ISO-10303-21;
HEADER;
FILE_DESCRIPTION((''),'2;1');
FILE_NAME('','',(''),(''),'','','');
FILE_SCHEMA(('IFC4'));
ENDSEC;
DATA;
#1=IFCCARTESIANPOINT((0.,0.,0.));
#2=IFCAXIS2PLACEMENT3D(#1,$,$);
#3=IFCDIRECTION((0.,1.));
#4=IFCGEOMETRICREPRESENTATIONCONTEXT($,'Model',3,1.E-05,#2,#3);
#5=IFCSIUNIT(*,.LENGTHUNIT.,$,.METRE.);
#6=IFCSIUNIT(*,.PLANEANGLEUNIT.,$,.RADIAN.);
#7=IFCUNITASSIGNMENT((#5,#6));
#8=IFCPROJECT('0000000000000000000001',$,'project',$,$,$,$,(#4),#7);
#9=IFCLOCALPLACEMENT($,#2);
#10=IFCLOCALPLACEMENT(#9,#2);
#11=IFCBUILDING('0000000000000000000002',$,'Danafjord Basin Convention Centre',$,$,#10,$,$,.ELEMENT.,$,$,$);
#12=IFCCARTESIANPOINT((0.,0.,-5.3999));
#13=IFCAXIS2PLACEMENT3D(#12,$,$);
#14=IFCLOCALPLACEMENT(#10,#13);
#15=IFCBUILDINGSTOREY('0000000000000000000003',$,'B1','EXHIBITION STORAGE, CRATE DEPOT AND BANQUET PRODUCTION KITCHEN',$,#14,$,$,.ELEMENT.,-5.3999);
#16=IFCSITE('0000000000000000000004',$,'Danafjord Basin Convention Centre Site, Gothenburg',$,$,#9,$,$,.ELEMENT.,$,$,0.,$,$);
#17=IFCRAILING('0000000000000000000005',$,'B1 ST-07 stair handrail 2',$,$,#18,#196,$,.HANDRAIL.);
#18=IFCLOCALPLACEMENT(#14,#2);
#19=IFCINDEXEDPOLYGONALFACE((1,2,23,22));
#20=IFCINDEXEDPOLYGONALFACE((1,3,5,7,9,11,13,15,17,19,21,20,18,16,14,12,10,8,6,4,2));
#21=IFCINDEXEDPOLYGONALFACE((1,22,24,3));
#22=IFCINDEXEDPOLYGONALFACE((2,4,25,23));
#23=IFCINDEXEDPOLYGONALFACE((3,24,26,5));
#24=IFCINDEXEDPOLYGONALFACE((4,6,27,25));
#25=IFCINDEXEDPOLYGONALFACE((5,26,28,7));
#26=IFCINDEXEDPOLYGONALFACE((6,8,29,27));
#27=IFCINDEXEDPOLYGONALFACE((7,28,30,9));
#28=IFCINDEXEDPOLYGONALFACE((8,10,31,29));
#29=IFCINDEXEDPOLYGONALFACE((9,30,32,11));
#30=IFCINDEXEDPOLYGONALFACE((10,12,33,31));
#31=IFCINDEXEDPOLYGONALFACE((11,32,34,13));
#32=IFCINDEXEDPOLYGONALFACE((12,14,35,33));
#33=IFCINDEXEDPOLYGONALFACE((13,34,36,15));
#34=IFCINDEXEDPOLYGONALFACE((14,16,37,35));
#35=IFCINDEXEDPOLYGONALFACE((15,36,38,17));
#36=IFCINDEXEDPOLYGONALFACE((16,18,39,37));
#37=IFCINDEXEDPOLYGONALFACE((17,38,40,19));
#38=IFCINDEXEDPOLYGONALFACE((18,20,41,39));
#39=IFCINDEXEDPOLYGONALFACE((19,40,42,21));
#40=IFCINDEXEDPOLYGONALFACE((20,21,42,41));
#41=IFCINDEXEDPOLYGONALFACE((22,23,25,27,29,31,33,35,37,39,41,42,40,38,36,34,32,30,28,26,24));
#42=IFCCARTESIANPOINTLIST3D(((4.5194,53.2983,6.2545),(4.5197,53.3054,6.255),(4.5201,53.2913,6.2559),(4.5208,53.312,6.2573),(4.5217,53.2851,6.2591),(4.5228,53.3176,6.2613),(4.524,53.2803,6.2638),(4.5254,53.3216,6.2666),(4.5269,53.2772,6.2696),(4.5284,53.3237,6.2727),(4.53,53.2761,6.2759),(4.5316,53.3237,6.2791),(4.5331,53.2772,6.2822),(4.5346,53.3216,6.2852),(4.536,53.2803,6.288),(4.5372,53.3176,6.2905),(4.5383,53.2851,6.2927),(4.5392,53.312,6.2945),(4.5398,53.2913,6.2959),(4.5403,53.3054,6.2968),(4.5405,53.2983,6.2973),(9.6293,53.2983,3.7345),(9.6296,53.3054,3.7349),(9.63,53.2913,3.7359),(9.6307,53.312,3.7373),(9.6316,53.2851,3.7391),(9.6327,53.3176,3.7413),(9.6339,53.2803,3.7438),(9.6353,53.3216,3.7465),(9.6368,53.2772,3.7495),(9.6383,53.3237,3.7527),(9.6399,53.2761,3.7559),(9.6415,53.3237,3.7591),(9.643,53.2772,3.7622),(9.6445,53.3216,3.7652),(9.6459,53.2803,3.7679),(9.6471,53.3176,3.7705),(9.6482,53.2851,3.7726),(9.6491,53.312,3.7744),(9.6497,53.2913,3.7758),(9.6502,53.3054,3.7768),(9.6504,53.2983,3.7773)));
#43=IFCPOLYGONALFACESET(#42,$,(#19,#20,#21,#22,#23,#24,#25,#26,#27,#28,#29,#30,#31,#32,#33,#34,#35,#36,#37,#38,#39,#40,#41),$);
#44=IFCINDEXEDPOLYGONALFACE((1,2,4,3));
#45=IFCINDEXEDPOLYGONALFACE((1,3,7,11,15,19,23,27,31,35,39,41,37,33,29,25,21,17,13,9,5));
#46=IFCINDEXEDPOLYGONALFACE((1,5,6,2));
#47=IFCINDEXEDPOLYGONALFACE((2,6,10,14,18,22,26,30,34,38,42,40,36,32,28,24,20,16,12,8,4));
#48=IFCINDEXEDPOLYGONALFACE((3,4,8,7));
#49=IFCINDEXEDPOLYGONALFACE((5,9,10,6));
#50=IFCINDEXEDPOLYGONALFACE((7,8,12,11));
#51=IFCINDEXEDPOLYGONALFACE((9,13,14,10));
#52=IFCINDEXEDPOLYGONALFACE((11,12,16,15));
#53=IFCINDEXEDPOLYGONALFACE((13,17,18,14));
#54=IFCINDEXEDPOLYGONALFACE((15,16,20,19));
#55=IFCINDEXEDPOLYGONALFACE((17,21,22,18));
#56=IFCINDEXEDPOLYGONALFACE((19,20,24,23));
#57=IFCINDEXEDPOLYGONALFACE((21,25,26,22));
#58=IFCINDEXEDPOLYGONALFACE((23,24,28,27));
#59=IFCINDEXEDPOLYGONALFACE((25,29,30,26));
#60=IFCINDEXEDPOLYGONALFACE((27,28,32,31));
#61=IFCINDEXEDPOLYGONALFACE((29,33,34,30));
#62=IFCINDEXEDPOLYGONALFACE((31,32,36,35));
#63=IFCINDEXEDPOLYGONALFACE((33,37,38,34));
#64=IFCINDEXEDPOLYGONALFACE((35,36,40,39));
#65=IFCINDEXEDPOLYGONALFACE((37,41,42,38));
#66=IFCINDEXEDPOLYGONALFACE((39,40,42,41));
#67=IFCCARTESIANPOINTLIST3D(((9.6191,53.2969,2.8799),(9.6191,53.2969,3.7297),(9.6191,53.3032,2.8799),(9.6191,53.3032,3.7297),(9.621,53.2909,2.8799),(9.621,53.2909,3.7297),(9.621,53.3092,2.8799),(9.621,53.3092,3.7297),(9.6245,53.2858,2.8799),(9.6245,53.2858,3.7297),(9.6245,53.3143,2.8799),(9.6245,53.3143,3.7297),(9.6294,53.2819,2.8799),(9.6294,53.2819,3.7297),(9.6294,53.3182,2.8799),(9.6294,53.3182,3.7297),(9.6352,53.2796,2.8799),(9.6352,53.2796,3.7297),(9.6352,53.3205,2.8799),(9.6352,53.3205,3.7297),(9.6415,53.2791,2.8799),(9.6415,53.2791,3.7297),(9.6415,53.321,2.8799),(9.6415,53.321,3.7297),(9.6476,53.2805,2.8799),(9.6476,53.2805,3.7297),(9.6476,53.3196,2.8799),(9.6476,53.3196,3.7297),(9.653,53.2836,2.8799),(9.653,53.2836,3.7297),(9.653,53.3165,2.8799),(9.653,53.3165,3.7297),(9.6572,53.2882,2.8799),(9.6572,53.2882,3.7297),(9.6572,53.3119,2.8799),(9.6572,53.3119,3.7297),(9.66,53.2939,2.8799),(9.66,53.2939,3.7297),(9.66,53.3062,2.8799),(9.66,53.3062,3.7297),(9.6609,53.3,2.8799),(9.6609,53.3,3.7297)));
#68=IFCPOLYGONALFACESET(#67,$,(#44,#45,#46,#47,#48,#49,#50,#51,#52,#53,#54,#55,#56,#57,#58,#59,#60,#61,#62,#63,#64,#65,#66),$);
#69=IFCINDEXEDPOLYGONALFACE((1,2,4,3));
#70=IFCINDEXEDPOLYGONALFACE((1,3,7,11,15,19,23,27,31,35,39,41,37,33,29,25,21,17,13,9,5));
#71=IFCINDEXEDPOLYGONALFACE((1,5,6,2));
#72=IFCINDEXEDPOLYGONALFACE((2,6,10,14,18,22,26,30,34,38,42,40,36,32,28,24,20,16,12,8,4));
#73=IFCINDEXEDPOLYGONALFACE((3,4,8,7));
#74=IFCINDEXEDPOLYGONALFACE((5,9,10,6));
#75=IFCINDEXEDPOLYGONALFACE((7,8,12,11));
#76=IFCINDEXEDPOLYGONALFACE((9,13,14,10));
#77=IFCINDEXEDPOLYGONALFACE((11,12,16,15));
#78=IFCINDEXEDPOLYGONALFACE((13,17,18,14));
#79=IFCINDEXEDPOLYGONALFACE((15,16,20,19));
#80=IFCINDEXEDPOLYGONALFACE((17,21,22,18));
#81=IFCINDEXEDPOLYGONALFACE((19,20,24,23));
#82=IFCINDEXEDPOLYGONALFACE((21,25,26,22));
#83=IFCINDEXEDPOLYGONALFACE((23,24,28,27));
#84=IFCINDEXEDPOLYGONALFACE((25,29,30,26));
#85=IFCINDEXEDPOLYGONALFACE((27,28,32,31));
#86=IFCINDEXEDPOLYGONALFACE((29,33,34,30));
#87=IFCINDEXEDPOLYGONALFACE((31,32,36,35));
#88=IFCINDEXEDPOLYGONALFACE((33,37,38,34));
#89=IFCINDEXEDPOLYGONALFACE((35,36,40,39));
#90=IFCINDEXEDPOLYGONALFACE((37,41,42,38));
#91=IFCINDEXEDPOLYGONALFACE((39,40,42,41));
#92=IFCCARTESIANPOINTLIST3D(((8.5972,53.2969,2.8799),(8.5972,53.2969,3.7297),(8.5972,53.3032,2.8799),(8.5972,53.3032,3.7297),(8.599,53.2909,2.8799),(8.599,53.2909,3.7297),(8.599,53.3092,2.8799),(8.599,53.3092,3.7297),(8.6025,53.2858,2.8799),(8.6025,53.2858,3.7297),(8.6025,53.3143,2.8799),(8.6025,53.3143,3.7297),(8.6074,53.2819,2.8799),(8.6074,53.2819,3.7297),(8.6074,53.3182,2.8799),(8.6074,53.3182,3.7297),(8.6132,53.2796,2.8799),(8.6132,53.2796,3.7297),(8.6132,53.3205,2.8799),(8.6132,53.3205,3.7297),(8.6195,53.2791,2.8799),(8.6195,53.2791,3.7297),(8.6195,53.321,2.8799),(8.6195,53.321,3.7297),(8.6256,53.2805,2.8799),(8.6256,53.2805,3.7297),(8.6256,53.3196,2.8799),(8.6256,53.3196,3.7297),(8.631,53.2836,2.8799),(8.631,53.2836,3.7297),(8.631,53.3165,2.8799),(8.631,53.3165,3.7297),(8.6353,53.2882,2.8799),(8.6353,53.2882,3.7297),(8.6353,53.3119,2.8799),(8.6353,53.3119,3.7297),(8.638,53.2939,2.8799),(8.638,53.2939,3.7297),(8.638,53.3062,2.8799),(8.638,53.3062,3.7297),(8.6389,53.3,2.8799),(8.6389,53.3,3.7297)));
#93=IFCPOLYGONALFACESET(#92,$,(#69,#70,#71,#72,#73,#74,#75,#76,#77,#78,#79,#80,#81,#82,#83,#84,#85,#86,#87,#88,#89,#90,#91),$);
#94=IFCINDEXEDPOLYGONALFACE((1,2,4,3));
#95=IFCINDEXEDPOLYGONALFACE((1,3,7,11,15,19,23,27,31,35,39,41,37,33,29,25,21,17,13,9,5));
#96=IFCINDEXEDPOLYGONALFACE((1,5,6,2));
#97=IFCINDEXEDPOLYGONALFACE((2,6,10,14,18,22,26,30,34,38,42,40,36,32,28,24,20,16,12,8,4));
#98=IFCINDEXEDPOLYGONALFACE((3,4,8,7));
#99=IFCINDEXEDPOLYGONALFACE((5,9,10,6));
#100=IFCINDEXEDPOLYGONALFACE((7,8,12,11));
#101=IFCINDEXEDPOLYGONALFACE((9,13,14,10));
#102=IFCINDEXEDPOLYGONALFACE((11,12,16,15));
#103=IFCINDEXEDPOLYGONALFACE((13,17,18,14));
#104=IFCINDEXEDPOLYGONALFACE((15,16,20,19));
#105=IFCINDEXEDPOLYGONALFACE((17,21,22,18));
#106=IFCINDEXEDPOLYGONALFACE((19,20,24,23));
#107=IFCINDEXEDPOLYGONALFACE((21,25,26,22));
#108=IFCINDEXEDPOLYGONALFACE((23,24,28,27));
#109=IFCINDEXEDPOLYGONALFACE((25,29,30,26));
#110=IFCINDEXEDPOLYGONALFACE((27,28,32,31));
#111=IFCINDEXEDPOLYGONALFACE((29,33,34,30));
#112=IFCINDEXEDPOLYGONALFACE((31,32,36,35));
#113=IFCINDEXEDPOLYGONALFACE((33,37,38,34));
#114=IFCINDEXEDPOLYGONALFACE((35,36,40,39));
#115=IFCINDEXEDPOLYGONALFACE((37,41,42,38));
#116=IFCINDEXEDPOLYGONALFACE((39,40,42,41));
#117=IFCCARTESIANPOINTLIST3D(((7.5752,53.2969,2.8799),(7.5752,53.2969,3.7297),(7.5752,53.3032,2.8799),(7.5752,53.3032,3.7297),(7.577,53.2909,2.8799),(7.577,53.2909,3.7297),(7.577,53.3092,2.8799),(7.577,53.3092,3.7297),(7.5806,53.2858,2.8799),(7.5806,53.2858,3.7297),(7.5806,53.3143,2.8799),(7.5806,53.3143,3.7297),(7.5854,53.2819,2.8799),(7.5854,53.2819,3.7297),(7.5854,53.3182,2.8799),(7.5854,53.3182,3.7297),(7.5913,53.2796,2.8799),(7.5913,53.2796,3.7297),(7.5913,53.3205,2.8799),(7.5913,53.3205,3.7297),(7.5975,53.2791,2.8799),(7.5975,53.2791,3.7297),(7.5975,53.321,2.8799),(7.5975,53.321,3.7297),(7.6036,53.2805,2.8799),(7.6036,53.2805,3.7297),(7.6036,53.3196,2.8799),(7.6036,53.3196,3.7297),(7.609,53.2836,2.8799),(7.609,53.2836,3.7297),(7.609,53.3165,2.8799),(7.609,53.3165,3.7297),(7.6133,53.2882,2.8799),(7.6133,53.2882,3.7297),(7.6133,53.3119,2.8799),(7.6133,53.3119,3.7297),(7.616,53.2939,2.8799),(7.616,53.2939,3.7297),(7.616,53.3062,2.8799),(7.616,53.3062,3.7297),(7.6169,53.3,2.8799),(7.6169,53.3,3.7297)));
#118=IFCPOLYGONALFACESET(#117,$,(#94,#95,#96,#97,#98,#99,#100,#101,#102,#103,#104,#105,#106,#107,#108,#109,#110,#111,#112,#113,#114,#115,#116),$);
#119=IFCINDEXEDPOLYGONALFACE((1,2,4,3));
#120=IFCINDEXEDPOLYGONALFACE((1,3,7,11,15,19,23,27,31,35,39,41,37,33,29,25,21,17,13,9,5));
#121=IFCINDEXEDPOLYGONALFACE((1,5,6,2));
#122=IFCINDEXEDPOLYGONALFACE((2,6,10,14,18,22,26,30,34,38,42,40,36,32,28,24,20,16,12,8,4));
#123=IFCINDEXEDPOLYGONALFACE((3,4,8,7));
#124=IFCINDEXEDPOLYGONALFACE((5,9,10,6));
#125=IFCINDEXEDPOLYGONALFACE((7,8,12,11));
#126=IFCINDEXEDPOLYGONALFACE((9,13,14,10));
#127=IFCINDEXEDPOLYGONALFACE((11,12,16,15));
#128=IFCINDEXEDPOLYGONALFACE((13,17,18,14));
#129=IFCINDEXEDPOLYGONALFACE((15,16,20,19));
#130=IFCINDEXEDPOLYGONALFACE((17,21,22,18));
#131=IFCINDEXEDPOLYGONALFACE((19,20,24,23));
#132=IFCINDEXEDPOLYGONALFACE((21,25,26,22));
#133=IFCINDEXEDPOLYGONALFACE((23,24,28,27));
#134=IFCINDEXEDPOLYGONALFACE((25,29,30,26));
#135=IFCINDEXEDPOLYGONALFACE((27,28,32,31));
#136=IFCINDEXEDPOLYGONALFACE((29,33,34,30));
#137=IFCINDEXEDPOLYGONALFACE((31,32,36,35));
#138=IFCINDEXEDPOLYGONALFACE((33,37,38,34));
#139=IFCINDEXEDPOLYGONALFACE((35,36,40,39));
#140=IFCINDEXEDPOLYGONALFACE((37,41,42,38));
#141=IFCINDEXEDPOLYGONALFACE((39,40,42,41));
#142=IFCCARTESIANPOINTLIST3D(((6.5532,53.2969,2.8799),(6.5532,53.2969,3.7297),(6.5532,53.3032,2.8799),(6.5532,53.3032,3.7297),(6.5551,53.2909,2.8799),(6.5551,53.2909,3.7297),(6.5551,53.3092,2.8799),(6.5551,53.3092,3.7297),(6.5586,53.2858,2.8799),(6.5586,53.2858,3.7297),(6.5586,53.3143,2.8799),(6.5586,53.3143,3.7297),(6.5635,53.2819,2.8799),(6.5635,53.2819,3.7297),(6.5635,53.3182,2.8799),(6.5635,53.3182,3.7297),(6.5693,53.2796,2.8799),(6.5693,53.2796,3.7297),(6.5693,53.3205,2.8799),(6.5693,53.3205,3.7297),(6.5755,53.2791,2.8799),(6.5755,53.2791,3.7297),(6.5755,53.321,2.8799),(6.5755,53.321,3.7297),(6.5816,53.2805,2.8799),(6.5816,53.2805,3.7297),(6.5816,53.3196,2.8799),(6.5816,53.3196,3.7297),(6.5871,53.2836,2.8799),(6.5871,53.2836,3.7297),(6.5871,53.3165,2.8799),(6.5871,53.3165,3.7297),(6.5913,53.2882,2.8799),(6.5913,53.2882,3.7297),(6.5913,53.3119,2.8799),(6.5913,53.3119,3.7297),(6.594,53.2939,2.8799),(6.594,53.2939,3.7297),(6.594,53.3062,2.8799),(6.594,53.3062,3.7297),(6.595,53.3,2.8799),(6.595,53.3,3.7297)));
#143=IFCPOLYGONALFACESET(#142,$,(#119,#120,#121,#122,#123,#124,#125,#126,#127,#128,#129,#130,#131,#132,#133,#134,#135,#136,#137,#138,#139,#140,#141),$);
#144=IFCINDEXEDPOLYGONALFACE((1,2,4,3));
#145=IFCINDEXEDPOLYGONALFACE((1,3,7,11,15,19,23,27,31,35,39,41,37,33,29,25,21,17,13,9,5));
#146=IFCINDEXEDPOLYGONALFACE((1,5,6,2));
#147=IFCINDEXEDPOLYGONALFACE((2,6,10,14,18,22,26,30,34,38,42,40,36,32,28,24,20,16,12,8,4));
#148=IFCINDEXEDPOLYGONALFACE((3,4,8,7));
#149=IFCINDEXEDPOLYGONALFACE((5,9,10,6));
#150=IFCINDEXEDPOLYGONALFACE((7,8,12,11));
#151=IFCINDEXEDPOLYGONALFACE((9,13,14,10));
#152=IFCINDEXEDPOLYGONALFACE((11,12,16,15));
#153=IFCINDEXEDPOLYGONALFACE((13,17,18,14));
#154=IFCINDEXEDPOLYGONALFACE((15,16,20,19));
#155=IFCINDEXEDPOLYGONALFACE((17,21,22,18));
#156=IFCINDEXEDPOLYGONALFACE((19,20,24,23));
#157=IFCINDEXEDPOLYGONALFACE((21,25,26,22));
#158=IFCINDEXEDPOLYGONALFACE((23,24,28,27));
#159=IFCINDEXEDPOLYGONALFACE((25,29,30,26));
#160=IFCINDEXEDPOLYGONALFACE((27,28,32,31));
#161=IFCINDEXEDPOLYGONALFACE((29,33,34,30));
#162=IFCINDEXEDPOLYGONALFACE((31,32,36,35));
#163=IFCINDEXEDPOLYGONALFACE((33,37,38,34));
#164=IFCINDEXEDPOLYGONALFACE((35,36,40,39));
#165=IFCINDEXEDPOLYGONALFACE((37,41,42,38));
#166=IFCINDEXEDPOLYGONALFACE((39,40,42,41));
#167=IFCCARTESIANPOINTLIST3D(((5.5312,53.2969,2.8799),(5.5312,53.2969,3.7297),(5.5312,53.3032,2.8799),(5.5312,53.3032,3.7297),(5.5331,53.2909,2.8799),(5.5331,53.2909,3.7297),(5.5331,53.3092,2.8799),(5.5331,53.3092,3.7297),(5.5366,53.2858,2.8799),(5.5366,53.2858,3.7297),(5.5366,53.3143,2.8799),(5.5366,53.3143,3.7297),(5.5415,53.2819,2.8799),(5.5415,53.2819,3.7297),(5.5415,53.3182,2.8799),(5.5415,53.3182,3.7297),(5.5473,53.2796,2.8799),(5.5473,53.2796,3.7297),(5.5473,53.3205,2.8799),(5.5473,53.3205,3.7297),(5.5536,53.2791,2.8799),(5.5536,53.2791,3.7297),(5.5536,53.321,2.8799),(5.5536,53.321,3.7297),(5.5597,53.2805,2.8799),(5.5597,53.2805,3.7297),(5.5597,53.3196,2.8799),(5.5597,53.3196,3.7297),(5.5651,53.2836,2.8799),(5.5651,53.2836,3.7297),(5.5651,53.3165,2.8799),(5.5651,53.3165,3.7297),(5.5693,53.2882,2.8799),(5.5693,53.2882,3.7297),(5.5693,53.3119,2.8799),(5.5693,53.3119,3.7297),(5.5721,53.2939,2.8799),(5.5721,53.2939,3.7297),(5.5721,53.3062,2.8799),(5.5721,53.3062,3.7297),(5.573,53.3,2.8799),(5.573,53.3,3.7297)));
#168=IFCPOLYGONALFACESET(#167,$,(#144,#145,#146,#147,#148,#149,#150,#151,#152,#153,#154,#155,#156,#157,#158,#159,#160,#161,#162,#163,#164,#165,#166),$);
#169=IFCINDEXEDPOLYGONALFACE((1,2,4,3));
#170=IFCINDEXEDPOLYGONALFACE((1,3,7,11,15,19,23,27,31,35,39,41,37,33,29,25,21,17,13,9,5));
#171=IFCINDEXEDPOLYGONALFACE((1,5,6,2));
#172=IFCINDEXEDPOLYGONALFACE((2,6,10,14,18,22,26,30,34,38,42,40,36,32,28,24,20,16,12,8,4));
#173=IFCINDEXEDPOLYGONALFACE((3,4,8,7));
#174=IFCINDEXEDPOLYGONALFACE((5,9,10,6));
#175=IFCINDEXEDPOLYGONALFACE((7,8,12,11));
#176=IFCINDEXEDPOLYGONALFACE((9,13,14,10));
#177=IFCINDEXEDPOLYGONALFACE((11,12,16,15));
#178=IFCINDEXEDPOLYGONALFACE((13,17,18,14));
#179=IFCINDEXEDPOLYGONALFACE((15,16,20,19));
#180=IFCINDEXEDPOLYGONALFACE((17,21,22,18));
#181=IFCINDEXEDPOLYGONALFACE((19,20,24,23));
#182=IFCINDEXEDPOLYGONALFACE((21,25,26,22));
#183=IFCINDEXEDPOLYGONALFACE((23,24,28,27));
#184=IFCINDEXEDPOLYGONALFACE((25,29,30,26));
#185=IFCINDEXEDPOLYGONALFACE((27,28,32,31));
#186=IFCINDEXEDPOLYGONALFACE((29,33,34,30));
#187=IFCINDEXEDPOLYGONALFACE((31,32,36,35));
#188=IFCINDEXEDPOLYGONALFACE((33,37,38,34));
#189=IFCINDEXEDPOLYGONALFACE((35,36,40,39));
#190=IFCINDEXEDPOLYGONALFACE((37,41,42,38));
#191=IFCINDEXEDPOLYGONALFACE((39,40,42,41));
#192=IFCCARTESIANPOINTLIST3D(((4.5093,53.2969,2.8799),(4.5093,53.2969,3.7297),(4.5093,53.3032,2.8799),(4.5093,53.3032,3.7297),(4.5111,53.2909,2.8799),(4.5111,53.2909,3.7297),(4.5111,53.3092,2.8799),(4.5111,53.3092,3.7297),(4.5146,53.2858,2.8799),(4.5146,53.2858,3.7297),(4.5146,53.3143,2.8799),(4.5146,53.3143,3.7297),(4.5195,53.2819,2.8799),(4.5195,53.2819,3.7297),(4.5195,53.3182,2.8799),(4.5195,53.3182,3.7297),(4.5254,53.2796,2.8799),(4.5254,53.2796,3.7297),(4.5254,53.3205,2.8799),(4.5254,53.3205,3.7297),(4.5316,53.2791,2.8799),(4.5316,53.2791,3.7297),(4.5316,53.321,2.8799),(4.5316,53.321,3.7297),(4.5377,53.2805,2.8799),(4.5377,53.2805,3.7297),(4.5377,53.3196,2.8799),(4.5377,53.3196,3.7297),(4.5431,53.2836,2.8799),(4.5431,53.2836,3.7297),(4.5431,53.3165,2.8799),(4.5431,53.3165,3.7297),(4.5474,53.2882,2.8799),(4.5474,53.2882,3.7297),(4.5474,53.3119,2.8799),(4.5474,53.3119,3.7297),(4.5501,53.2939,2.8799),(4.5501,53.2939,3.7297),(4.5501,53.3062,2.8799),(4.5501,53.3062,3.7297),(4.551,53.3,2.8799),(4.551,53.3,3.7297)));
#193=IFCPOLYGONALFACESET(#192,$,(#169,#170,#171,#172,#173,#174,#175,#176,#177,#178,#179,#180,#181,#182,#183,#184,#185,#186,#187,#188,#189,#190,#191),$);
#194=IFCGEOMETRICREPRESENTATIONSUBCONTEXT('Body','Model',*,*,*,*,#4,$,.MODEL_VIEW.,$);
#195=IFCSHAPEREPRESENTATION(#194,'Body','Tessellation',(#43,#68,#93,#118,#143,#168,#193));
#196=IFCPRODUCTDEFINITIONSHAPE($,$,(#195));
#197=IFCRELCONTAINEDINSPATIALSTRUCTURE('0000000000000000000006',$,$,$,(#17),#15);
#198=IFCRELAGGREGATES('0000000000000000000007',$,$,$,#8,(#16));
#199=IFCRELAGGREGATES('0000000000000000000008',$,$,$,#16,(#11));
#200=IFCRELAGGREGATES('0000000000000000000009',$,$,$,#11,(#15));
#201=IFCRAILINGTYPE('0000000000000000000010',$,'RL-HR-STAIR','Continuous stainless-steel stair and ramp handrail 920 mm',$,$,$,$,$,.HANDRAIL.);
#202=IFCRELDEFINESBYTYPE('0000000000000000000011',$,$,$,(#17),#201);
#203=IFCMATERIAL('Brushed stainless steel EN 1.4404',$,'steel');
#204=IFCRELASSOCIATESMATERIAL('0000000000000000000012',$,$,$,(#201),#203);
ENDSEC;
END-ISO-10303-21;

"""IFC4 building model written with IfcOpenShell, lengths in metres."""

from ifc_helpers import new_model, si_unit, direction, frame, origin, origin_2d, place, context, subcontext, project, spatial, circle, extrude, material, type_object, element, save


model = new_model("IFC4")

# Units and contexts
model_context = context("Model", 3, precision=1e-05, world=origin(), true_north=direction((0.0, 1.0)))
body_context = subcontext(model_context, "Body", "Model", "MODEL_VIEW")
ifc_project = project(units=[si_unit("LENGTHUNIT", "METRE"), si_unit("PLANEANGLEUNIT", "RADIAN")], contexts=[model_context])

# Site, building, storey
site_placement = place(None, origin())
site = spatial("IfcSite", under=ifc_project, at=site_placement, Name="Danafjord Basin Convention Centre Site, Gothenburg", CompositionType="ELEMENT", RefElevation=0.0)
building_placement = place(site_placement, origin())
building = spatial("IfcBuilding", under=site, at=building_placement, Name="Danafjord Basin Convention Centre", CompositionType="ELEMENT")
storey_placement = place(building_placement, frame((0.0, 0.0, -5.3999)))
storey = spatial("IfcBuildingStorey", under=building, at=storey_placement, Name="B1", Description="EXHIBITION STORAGE, CRATE DEPOT AND BANQUET PRODUCTION KITCHEN", CompositionType="ELEMENT", Elevation=-5.3999)

# Railing
ifc_material_1 = material(Name="Brushed stainless steel EN 1.4404", Category="steel")
railing_type_1 = type_object("IfcRailingType", Name="RL-HR-STAIR", Description="Continuous stainless-steel stair and ramp handrail 920 mm", PredefinedType="HANDRAIL", material=ifc_material_1)
railing_1_placement = place(storey_placement, frame((9.6399, 53.3, 2.8799)))
element("IfcRailing", 1, at=railing_1_placement, inside=storey, type_object=railing_type_1, Name="B1 ST-07 stair handrail 2", PredefinedType="HANDRAIL", context=body_context, shape_type="SweptSolid", body=[
    extrude(circle(Radius=0.0239, at=origin_2d()), frame((0.0, 0.0, 0.876), z_axis=(-0.896865, 0.0, 0.442305), x_axis=(0.0, -1.0, 0.0)), (0.0, 0.0, 1.0), 5.6975),
    extrude(circle(Radius=0.021, at=origin_2d()), origin(), (0.0, 0.0, 1.0), 0.8499),
    extrude(circle(Radius=0.021, at=origin_2d()), frame((-1.022, 0.0, 0.0)), (0.0, 0.0, 1.0), 0.8499),
    extrude(circle(Radius=0.021, at=origin_2d()), frame((-2.0439, 0.0, 0.0)), (0.0, 0.0, 1.0), 0.8499),
    extrude(circle(Radius=0.021, at=origin_2d()), frame((-3.0659, 0.0, 0.0)), (0.0, 0.0, 1.0), 0.8499),
    extrude(circle(Radius=0.021, at=origin_2d()), frame((-4.0879, 0.0, 0.0)), (0.0, 0.0, 1.0), 0.8499),
    extrude(circle(Radius=0.021, at=origin_2d()), frame((-5.1099, 0.0, 0.0)), (0.0, 0.0, 1.0), 0.8499),
])

save(model, "model.ifc")
